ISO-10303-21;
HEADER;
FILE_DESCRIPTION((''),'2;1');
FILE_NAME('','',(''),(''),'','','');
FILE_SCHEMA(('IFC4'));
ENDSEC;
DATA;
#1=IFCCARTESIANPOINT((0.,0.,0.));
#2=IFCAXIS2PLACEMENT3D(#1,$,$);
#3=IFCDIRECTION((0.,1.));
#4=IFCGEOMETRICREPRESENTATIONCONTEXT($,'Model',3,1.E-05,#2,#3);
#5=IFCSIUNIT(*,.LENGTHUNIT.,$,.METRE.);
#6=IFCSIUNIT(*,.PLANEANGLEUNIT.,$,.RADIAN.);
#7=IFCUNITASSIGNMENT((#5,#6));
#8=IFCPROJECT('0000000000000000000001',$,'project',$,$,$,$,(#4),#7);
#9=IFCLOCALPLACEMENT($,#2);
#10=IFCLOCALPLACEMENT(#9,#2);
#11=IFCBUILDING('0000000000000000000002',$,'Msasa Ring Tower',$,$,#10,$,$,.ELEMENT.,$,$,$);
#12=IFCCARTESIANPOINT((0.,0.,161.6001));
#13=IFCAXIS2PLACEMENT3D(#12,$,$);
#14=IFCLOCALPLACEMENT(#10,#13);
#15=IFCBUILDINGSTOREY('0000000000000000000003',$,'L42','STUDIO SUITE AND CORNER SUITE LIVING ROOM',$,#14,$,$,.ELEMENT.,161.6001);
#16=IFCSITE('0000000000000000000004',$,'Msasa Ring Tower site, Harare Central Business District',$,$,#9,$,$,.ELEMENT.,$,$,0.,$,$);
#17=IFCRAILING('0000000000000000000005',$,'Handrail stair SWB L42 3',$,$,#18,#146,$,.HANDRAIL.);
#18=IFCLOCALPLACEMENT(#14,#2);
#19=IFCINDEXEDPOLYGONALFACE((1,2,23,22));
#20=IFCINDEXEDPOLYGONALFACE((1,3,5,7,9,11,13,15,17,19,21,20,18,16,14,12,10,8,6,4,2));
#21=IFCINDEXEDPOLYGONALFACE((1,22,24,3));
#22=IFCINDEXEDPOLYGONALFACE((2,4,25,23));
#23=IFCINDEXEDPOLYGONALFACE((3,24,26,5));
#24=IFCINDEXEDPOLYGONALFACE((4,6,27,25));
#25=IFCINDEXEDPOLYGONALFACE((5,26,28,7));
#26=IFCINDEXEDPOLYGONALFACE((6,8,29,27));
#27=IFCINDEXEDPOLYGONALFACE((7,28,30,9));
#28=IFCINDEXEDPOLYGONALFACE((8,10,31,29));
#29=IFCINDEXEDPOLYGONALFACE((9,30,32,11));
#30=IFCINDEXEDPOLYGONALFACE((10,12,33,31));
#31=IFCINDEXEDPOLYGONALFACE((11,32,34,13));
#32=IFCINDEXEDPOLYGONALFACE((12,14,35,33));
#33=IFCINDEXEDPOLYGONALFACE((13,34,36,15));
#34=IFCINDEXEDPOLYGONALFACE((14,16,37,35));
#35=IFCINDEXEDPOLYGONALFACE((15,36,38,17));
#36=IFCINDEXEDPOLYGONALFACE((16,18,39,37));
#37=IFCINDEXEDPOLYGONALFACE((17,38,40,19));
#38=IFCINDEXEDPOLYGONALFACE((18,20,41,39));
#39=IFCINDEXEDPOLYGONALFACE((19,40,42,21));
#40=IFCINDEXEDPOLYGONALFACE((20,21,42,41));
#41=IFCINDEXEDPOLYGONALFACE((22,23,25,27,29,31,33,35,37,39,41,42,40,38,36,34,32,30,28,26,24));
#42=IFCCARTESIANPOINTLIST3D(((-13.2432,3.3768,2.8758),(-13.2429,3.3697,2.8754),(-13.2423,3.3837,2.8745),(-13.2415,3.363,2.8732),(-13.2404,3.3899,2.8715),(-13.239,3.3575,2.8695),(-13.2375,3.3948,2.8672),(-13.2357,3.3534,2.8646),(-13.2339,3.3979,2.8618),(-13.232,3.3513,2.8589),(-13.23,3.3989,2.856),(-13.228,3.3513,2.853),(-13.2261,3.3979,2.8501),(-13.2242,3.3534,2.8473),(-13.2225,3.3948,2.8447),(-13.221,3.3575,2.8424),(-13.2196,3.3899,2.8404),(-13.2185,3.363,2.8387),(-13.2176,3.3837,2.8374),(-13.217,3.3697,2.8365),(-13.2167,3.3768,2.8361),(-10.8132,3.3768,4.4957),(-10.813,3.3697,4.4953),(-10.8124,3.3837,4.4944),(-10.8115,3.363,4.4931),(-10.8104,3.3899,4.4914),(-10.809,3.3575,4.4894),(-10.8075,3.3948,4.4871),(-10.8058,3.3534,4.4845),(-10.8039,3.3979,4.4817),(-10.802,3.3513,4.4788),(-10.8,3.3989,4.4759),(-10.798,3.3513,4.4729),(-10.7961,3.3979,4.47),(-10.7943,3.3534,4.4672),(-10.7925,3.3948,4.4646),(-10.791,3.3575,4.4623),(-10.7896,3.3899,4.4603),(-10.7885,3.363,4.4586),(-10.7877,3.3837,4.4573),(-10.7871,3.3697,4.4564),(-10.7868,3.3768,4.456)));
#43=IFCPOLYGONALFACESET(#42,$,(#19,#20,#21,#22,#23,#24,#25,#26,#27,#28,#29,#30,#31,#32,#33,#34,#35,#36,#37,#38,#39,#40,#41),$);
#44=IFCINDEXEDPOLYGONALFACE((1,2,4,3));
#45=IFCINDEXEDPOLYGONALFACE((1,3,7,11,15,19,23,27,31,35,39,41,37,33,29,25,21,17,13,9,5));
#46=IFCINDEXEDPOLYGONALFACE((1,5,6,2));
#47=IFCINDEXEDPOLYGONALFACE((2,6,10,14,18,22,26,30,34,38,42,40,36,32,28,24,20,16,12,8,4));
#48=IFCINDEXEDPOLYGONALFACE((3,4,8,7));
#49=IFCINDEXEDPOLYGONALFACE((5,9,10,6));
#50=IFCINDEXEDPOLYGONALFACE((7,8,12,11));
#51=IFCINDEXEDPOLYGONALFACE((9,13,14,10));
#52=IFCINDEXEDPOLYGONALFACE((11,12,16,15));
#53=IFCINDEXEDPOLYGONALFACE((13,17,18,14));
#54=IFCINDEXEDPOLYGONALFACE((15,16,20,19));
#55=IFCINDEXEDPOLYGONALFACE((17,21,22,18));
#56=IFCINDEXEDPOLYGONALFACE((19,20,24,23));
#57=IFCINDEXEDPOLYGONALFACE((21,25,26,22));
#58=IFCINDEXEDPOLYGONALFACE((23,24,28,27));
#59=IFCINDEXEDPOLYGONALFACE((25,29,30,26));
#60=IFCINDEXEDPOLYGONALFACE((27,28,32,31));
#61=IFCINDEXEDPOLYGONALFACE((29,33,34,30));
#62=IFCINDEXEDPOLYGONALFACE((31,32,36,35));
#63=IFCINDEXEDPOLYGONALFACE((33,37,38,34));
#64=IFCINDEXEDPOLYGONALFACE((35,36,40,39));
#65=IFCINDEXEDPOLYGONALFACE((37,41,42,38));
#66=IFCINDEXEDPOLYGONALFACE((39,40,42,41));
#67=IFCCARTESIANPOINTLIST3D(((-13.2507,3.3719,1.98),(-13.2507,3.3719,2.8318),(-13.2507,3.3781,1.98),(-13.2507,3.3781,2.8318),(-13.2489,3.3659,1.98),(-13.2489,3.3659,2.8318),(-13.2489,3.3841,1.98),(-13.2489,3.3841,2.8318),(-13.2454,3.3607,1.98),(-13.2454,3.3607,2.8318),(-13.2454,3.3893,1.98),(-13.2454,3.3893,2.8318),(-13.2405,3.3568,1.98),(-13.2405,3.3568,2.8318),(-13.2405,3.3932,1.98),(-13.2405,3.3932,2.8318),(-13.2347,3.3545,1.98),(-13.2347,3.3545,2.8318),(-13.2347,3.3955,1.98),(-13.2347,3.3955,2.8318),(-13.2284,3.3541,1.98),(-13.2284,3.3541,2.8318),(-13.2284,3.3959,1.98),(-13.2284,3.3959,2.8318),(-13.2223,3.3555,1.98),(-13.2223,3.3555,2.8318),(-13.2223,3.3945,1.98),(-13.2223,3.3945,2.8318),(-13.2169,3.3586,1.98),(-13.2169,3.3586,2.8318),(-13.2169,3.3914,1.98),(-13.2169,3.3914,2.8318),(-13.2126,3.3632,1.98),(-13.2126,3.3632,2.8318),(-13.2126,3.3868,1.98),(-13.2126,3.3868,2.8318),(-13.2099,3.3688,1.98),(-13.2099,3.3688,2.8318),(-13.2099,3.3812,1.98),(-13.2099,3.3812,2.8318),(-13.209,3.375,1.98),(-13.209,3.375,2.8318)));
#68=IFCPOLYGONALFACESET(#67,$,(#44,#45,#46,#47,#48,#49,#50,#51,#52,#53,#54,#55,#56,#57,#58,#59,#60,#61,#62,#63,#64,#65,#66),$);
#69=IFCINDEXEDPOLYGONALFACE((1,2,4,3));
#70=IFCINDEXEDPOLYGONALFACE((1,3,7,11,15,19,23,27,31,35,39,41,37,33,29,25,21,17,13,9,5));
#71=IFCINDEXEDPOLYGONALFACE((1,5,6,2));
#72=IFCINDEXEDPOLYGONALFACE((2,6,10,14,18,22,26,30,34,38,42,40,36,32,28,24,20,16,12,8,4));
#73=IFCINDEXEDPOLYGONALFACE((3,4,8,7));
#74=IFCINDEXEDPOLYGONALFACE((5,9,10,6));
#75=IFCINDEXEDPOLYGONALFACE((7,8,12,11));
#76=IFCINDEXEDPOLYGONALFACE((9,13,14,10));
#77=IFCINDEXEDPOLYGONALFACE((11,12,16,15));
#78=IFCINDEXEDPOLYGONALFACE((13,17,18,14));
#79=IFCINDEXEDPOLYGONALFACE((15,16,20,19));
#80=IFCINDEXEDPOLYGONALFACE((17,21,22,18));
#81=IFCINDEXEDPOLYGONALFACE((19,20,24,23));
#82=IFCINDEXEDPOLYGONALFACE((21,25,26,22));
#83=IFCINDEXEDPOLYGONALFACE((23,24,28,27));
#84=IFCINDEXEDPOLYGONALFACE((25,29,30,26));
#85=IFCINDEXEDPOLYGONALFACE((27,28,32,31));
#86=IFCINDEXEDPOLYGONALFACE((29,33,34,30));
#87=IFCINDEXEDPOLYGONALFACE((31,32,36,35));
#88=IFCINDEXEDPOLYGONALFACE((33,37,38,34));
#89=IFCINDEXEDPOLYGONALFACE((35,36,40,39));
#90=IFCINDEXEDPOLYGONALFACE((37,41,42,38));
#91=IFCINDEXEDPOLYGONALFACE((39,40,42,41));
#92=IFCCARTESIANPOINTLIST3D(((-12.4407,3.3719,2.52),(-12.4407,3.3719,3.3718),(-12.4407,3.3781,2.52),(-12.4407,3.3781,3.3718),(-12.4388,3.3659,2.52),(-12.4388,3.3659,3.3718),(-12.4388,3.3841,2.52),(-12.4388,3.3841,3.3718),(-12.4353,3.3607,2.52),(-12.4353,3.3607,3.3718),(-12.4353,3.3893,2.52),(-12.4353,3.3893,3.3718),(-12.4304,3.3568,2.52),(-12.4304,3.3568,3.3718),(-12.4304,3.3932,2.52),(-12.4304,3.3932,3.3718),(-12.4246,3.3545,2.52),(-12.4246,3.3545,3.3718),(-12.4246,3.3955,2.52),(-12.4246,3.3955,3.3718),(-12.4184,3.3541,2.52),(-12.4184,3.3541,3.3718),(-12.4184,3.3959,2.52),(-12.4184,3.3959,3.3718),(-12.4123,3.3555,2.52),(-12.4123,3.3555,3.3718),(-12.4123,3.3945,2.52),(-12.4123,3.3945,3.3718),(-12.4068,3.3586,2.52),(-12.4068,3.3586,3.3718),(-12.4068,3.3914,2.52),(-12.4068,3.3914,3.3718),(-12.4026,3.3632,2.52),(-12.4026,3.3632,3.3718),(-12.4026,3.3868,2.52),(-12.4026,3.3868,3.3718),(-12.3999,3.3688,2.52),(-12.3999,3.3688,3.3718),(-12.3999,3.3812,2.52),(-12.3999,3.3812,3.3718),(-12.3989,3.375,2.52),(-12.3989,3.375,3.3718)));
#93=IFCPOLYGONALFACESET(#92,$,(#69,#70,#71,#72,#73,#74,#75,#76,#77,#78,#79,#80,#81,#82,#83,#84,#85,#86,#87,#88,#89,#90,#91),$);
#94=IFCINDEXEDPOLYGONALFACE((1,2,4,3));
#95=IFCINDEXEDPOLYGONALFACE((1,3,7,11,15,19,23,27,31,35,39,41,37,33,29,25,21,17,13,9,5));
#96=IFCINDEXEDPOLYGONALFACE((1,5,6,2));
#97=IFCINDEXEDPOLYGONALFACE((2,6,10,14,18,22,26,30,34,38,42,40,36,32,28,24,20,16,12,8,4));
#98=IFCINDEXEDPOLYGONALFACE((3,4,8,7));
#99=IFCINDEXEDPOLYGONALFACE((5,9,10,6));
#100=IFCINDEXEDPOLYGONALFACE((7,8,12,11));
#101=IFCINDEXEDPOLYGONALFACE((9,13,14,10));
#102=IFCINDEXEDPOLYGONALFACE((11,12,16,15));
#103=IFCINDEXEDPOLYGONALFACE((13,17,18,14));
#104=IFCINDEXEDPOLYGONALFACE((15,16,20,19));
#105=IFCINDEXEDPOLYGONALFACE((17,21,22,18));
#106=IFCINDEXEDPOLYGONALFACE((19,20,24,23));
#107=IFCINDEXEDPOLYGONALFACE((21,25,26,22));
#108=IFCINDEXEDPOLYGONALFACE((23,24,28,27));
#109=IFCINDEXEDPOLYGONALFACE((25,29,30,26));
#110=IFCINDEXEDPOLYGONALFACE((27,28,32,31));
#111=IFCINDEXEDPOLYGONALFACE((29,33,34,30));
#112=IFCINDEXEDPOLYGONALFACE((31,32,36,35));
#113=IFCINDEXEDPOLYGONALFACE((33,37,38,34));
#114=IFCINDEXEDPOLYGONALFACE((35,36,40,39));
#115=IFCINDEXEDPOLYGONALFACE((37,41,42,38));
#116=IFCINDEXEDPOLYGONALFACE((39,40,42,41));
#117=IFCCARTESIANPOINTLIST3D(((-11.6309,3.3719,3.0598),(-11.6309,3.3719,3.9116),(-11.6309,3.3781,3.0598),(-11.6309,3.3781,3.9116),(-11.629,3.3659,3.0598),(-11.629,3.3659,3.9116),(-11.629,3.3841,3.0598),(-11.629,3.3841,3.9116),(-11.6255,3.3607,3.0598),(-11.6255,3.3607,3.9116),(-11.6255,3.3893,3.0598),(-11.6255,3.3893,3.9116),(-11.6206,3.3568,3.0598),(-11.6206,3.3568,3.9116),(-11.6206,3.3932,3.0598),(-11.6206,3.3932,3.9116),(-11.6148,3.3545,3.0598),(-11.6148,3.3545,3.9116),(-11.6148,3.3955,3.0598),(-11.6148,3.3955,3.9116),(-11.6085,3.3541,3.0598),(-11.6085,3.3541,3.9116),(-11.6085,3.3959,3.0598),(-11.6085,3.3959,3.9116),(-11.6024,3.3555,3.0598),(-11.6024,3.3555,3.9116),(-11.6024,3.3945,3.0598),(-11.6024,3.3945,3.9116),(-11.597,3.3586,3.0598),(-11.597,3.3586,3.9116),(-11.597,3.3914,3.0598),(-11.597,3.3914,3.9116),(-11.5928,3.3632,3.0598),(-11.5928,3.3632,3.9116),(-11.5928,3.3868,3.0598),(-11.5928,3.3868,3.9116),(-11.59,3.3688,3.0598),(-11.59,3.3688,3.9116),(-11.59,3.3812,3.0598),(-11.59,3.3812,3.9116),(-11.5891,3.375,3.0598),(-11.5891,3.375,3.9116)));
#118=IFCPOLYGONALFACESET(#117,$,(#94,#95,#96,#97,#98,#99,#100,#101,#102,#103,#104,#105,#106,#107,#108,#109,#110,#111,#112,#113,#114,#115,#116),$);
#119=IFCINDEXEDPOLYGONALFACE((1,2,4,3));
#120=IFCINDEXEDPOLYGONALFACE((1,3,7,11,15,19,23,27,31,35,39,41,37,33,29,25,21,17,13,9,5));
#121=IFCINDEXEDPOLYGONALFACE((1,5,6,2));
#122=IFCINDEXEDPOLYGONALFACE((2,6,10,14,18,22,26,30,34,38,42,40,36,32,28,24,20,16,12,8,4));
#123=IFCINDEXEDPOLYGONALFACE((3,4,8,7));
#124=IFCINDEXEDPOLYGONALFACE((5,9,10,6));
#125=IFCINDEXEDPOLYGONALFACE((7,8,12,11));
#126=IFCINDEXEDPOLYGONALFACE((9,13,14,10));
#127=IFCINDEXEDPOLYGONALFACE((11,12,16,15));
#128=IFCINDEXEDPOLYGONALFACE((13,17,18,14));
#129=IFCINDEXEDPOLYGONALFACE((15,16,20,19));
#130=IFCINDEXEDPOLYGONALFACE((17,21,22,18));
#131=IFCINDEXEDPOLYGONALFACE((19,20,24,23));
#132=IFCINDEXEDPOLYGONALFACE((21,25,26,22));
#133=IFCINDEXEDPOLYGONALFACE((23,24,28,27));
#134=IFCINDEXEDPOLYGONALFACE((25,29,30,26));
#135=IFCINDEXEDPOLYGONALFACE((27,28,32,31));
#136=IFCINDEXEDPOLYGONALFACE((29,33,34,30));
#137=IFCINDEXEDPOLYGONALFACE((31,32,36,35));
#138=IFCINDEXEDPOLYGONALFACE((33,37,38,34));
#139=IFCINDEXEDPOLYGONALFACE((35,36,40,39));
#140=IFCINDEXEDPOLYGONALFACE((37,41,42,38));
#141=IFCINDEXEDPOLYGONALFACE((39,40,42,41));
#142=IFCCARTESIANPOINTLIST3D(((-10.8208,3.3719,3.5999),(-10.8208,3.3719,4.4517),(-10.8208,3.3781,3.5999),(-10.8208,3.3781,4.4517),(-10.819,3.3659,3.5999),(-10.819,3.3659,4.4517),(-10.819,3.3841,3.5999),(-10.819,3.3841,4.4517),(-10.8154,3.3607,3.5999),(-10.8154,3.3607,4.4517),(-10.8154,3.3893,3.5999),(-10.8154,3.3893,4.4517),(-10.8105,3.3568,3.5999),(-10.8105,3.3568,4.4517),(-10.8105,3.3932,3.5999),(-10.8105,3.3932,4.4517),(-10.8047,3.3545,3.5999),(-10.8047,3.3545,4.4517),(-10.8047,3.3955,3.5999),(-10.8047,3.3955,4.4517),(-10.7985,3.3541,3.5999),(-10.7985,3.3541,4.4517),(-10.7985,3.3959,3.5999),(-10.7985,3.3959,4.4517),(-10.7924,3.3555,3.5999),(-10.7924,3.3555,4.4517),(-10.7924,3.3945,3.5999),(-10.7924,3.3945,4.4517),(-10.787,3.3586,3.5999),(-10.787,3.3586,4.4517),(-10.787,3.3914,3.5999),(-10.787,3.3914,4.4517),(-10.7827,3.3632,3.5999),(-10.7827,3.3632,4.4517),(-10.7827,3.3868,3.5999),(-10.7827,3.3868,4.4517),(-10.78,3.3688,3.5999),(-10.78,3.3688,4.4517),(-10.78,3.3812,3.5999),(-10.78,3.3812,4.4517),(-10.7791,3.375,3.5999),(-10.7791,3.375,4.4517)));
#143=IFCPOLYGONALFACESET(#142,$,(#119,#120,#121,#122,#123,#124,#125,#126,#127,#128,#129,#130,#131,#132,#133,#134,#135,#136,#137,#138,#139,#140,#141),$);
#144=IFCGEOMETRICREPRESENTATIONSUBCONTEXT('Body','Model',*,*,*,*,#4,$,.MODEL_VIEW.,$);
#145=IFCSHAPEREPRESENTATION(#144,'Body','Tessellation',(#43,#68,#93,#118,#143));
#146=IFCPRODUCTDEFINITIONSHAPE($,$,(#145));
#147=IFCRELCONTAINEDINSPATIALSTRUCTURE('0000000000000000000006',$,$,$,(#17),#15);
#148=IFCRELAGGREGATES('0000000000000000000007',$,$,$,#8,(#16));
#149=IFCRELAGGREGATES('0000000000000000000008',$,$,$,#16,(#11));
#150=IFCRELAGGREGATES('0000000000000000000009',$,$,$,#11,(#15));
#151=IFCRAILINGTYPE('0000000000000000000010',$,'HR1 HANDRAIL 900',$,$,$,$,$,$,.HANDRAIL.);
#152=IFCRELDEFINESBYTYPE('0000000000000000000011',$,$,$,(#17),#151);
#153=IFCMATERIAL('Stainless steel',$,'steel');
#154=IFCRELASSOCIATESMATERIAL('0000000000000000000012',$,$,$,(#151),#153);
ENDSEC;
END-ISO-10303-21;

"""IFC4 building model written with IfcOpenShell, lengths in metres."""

from ifc_helpers import new_model, si_unit, direction, frame, origin, origin_2d, place, context, subcontext, project, spatial, circle, extrude, material, type_object, element, save


model = new_model("IFC4")

# Units and contexts
model_context = context("Model", 3, precision=1e-05, world=origin(), true_north=direction((0.0, 1.0)))
body_context = subcontext(model_context, "Body", "Model", "MODEL_VIEW")
ifc_project = project(units=[si_unit("LENGTHUNIT", "METRE"), si_unit("PLANEANGLEUNIT", "RADIAN")], contexts=[model_context])

# Site, building, storey
site_placement = place(None, origin())
site = spatial("IfcSite", under=ifc_project, at=site_placement, Name="Msasa Ring Tower site, Harare Central Business District", CompositionType="ELEMENT", RefElevation=0.0)
building_placement = place(site_placement, origin())
building = spatial("IfcBuilding", under=site, at=building_placement, Name="Msasa Ring Tower", CompositionType="ELEMENT")
storey_placement = place(building_placement, frame((0.0, 0.0, 161.6001)))
storey = spatial("IfcBuildingStorey", under=building, at=storey_placement, Name="L42", Description="STUDIO SUITE AND CORNER SUITE LIVING ROOM", CompositionType="ELEMENT", Elevation=161.6001)

# Railing
ifc_material_1 = material(Name="Stainless steel", Category="steel")
railing_type = type_object("IfcRailingType", Name="HR1 HANDRAIL 900", PredefinedType="HANDRAIL", material=ifc_material_1)
for number, where, name in (
    (1, (-13.23, 3.375, 1.98), "Handrail stair SWB L42 3"),
):
    element("IfcRailing", number, at=place(storey_placement, frame(where)), inside=storey, type_object=railing_type, Name=name, PredefinedType="HANDRAIL", context=body_context, shape_type="SweptSolid", body=[
        extrude(circle(Radius=0.0239, at=origin_2d()), frame((0.0, 0.0, 0.876), z_axis=(0.832063, 0.0, 0.554681), x_axis=(0.0, 1.0, 0.0)), (0.0, 0.0, 1.0), 2.9204),
        extrude(circle(Radius=0.021, at=origin_2d()), origin(), (0.0, 0.0, 1.0), 0.8518),
        extrude(circle(Radius=0.021, at=origin_2d()), frame((0.8101, 0.0, 0.54)), (0.0, 0.0, 1.0), 0.8518),
        extrude(circle(Radius=0.021, at=origin_2d()), frame((1.6199, 0.0, 1.0798)), (0.0, 0.0, 1.0), 0.8518),
        extrude(circle(Radius=0.021, at=origin_2d()), frame((2.4299, 0.0, 1.6199)), (0.0, 0.0, 1.0), 0.8518),
    ])

save(model, "model.ifc")
